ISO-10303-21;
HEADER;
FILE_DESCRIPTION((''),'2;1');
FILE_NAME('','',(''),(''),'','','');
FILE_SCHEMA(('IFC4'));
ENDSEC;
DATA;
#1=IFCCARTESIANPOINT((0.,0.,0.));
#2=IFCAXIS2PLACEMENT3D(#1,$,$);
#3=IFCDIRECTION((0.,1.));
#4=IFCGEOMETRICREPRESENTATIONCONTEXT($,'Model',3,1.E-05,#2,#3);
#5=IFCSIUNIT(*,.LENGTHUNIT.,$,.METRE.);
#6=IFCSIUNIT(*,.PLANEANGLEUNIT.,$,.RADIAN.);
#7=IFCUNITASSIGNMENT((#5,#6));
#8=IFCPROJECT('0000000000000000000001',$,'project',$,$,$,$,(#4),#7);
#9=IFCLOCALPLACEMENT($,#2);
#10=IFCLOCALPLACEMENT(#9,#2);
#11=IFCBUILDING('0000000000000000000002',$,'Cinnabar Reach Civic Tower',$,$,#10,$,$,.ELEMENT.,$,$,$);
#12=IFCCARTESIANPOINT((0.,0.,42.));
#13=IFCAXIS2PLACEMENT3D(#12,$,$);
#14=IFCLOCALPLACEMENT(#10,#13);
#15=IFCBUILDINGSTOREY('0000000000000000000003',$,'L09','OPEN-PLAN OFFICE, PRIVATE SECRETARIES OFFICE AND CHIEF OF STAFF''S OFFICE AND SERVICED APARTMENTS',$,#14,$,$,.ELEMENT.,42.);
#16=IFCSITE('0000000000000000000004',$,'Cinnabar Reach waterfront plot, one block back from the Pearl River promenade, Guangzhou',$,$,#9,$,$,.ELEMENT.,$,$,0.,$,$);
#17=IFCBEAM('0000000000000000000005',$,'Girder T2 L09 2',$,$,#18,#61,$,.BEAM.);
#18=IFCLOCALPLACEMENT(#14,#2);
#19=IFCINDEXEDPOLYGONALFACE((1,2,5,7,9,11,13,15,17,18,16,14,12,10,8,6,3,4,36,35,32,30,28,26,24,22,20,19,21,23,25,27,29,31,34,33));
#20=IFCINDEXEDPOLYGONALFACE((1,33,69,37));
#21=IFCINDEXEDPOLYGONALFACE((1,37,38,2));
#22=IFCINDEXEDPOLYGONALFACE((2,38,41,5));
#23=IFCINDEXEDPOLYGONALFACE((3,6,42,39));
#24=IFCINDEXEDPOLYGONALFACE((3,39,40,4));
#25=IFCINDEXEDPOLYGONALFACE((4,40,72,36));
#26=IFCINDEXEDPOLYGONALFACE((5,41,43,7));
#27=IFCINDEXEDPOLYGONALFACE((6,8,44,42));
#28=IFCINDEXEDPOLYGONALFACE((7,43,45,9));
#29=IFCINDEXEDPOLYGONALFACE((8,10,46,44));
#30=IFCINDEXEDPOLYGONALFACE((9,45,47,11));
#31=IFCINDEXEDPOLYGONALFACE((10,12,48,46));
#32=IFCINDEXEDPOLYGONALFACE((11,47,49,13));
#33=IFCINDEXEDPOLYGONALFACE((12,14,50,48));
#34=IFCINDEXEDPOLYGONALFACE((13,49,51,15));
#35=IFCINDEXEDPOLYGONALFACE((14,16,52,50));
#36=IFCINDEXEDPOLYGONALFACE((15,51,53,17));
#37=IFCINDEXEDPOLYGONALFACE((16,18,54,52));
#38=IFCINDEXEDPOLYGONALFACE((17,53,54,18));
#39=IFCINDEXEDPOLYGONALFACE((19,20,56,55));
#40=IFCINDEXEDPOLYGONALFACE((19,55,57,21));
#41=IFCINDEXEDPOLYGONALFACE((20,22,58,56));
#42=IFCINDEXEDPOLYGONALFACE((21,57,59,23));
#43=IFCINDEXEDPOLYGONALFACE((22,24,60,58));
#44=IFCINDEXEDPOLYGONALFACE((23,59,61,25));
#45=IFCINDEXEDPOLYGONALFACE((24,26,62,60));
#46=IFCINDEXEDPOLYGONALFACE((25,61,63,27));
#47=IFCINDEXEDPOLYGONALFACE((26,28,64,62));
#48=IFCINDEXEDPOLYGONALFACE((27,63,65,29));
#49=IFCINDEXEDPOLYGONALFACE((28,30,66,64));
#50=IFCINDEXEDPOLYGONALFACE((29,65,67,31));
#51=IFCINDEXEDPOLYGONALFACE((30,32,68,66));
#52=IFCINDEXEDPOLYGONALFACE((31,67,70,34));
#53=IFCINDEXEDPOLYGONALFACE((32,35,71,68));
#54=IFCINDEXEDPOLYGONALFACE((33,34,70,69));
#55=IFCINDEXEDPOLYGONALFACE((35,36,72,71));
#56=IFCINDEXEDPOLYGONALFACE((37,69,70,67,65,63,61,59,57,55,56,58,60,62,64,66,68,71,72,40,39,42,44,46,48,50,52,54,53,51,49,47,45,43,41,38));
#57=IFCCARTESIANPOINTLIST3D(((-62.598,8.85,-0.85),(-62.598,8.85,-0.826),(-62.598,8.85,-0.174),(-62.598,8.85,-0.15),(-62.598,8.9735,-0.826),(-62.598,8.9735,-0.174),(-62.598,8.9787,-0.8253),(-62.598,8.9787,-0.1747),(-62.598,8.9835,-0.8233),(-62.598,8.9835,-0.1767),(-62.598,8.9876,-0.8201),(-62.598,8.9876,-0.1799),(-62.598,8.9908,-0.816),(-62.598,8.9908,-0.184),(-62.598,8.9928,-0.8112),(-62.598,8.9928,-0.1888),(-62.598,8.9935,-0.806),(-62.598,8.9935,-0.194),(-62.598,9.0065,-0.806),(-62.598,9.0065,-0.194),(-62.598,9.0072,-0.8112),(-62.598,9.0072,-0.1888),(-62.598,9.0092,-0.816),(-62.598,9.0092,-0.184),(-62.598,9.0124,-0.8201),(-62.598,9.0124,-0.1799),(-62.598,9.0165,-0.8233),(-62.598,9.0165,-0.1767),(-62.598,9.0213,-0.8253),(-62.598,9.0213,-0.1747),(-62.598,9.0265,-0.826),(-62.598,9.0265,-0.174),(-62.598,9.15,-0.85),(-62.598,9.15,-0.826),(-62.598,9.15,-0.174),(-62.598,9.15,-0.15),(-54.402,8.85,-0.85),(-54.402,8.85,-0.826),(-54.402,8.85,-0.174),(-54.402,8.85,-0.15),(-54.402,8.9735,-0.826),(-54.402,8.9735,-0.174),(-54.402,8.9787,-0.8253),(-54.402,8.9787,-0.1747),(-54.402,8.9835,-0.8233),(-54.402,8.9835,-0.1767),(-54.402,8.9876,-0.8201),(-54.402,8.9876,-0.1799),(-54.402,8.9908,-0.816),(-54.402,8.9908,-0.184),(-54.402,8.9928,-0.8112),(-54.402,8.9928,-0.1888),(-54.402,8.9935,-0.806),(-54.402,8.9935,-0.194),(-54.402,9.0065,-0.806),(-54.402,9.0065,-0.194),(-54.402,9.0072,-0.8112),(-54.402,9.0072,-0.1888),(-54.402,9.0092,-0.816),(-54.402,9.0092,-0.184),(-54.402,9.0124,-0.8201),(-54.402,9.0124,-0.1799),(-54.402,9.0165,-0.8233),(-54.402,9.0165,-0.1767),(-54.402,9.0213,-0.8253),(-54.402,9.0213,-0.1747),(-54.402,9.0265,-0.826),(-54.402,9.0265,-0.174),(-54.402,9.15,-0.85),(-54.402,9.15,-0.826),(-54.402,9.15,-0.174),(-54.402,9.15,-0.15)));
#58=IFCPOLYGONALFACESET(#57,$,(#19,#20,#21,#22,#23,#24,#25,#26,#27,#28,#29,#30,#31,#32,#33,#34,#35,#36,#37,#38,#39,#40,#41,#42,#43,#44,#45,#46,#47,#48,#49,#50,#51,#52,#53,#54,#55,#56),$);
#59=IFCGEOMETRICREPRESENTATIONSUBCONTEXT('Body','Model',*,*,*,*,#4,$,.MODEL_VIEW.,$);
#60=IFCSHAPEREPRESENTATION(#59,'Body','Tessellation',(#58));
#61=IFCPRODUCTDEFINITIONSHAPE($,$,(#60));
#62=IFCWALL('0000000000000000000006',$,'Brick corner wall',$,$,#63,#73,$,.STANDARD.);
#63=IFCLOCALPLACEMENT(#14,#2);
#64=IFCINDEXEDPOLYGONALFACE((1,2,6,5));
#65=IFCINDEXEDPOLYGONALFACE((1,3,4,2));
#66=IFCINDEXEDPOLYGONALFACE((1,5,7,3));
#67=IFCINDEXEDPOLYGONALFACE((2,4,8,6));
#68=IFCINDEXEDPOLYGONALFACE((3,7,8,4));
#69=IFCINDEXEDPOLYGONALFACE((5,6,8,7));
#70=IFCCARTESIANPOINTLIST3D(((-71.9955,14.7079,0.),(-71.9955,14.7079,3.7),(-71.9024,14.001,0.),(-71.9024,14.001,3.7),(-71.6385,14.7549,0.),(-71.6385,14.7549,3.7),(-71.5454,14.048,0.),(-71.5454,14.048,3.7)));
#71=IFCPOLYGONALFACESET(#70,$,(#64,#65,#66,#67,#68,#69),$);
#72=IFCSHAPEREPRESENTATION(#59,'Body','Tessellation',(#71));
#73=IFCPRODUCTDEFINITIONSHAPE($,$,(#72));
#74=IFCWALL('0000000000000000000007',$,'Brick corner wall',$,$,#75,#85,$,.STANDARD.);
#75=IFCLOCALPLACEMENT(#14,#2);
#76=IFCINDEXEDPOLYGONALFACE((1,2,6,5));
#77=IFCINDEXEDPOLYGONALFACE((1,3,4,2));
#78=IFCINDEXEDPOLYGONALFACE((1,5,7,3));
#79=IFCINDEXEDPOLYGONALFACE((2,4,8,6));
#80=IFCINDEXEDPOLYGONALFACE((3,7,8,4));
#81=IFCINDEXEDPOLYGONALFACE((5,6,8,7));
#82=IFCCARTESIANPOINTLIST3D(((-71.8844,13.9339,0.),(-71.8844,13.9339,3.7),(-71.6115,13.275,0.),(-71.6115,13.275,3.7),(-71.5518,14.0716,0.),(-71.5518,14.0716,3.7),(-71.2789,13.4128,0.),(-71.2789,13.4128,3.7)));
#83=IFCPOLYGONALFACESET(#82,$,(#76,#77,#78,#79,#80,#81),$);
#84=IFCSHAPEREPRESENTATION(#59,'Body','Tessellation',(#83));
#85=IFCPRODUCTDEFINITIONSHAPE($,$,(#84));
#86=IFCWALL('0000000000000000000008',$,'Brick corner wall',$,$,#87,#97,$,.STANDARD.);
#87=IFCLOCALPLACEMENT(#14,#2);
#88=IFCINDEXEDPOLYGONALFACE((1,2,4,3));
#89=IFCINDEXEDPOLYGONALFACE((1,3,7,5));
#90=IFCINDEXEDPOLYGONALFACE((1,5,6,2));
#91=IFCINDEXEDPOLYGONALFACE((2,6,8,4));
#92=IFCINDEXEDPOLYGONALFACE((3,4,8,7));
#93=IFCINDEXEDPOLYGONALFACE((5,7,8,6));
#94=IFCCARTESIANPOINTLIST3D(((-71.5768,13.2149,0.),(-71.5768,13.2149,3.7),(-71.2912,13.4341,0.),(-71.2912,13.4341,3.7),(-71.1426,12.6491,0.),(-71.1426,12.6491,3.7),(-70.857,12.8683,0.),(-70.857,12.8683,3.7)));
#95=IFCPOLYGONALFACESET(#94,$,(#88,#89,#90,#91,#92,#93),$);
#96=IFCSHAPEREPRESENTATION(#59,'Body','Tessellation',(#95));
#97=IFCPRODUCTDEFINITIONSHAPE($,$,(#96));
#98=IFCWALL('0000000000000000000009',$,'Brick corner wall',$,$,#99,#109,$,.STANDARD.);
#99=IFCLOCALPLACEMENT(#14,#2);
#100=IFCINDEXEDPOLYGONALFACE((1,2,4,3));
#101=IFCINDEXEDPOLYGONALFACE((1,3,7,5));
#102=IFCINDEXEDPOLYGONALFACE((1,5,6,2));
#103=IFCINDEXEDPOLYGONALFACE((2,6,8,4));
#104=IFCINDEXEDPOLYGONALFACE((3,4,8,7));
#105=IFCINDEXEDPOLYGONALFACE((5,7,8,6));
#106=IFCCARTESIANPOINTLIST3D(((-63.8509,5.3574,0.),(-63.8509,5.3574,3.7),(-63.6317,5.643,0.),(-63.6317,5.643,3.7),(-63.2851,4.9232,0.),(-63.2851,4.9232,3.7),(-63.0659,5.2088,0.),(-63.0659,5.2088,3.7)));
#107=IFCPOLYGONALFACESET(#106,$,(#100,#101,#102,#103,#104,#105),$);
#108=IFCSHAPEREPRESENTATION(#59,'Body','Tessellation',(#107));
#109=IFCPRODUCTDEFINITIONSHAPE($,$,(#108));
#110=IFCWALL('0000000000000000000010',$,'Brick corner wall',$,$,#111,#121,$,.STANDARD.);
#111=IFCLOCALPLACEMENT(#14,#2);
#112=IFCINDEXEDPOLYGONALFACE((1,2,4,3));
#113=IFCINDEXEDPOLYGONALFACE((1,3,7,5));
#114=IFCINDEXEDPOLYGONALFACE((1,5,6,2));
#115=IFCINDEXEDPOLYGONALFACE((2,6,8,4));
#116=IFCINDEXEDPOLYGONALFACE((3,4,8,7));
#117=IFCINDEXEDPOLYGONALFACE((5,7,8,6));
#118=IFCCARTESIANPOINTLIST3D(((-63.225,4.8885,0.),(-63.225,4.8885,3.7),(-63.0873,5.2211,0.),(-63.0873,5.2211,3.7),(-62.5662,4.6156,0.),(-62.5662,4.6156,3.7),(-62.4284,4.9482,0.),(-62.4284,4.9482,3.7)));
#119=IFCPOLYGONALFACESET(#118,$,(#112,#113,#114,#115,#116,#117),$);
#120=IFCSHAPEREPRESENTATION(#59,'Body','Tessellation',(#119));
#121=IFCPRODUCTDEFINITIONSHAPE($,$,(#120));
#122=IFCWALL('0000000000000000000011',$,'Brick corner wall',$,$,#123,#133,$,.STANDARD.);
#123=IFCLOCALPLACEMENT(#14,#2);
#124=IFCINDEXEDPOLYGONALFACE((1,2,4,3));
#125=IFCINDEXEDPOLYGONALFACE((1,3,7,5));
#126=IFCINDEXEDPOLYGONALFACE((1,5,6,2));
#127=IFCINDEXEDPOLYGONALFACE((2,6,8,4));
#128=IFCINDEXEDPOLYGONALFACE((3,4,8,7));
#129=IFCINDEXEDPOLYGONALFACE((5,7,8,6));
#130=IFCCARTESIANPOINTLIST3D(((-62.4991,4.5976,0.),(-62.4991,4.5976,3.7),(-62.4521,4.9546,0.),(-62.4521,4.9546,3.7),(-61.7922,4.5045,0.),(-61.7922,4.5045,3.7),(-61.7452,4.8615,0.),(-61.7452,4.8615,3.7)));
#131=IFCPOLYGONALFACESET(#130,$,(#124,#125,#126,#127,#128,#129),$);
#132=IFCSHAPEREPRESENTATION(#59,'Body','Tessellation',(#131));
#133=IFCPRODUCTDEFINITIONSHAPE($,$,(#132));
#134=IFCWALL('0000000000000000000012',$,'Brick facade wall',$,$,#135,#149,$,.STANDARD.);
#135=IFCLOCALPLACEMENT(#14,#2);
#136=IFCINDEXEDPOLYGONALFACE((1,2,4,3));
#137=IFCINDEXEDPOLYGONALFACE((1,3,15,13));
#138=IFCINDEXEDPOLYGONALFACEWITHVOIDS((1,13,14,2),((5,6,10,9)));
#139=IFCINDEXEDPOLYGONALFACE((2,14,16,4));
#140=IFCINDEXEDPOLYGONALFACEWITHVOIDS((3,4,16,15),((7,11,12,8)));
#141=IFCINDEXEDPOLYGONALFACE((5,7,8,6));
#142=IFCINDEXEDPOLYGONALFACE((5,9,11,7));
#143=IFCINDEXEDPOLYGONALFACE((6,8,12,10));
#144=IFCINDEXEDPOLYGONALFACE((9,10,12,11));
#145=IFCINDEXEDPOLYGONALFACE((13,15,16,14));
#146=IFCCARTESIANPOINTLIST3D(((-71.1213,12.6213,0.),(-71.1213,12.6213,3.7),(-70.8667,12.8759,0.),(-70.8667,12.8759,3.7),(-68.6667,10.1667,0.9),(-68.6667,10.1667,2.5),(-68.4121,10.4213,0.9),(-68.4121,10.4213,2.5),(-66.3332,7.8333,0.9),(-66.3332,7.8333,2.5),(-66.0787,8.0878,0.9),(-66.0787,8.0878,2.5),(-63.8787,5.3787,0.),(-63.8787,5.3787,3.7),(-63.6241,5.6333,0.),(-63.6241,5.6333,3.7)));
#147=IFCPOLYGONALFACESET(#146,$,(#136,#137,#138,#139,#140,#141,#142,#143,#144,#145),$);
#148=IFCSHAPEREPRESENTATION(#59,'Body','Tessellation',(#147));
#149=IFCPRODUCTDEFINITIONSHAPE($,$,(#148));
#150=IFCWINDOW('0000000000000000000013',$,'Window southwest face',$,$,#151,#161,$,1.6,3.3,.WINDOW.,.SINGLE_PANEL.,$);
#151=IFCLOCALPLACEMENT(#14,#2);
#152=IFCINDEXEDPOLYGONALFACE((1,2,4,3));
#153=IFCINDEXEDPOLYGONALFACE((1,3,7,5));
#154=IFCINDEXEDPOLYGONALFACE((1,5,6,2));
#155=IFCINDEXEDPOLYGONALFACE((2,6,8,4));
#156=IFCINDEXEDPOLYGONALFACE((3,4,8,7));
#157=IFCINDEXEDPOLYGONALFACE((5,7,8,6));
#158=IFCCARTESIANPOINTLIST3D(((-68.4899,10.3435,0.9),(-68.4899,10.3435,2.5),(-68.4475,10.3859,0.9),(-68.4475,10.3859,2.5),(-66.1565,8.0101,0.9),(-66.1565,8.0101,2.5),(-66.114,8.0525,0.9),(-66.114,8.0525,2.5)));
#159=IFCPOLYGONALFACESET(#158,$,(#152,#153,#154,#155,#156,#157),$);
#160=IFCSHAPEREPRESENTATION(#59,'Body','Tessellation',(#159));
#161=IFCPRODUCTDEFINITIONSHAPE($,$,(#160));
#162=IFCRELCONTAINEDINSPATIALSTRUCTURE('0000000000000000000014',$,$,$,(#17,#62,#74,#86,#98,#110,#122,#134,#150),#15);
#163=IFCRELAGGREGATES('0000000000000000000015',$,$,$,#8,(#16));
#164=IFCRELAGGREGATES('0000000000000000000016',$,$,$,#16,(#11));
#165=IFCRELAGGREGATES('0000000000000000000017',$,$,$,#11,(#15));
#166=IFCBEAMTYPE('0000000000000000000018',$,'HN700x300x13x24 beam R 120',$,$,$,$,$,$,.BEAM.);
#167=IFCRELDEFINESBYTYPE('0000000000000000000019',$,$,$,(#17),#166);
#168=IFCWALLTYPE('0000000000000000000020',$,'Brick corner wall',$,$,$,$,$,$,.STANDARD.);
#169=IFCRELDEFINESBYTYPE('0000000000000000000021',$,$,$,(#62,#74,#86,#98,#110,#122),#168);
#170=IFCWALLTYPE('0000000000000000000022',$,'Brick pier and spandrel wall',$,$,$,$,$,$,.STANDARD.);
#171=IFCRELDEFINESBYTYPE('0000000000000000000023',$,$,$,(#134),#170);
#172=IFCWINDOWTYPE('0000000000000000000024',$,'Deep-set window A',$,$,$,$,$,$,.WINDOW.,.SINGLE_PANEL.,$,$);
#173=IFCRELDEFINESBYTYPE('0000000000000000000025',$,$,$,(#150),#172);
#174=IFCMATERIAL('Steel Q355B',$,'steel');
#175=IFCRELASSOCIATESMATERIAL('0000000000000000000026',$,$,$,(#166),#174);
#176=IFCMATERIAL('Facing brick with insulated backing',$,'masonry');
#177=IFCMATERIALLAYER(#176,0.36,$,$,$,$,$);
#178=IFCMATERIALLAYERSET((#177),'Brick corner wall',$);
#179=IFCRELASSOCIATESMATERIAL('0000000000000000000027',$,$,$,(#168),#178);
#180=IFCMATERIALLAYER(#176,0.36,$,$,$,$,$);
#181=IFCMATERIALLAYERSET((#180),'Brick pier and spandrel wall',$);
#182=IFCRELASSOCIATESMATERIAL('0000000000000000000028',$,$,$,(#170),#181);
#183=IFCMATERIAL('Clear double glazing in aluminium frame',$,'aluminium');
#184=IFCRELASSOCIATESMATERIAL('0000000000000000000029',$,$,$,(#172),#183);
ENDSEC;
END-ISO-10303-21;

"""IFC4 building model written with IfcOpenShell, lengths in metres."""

from ifc_helpers import new_model, si_unit, direction, frame, frame_2d, origin, origin_2d, place, context, subcontext, project, spatial, rectangle, i_section, extrude, material, layer, layer_set, material_profile, profile_set, type_object, element, fill, save


model = new_model("IFC4")

# Units and contexts
model_context = context("Model", 3, precision=1e-05, world=origin(), true_north=direction((0.0, 1.0)))
body_context = subcontext(model_context, "Body", "Model", "MODEL_VIEW")
ifc_project = project(units=[si_unit("LENGTHUNIT", "METRE"), si_unit("PLANEANGLEUNIT", "RADIAN")], contexts=[model_context])

# Site, building, storey
site_placement = place(None, origin())
site = spatial("IfcSite", under=ifc_project, at=site_placement, Name="Cinnabar Reach waterfront plot, one block back from the Pearl River promenade, Guangzhou", CompositionType="ELEMENT", RefElevation=0.0)
building_placement = place(site_placement, origin())
building = spatial("IfcBuilding", under=site, at=building_placement, Name="Cinnabar Reach Civic Tower", CompositionType="ELEMENT")
storey_placement = place(building_placement, frame((0.0, 0.0, 42.0)))
storey = spatial("IfcBuildingStorey", under=building, at=storey_placement, Name="L09", Description="OPEN-PLAN OFFICE, PRIVATE SECRETARIES OFFICE AND CHIEF OF STAFF'S OFFICE AND SERVICED APARTMENTS", CompositionType="ELEMENT", Elevation=42.0)

# Beam
ifc_material_1 = material(Name="Steel Q355B", Category="steel")
ifc_material_profile_1 = material_profile(ifc_material_1, i_section(OverallWidth=0.3, OverallDepth=0.7, WebThickness=0.013, FlangeThickness=0.024, FilletRadius=0.02, at=origin_2d()), Name="HN700x300x13x24")
ifc_profile_set_1 = profile_set([ifc_material_profile_1], Name="Steel Q355B")
beam_type_1 = type_object("IfcBeamType", Name="HN700x300x13x24 beam R 120", PredefinedType="BEAM", material=ifc_profile_set_1)
beam_1_placement = place(storey_placement, frame((-62.598, 9.0, -0.5), z_axis=(1.0, 0.0, 0.0), x_axis=(0.0, 1.0, 0.0)))
element("IfcBeam", 1, at=beam_1_placement, inside=storey, type_object=beam_type_1, Name="Girder T2 L09 2", PredefinedType="BEAM", context=body_context, shape_type="SweptSolid", body=[
    extrude(i_section(OverallWidth=0.3, OverallDepth=0.7, WebThickness=0.013, FlangeThickness=0.024, FilletRadius=0.02, at=origin_2d()), origin(), (0.0, 0.0, 1.0), 8.196),
])

# Walls
ifc_material_2 = material(Name="Facing brick with insulated backing", Category="masonry")
ifc_layer_1 = layer(ifc_material_2, 0.36)
ifc_layer_set_1 = layer_set([ifc_layer_1], Name="Brick corner wall")
wall_type_1 = type_object("IfcWallType", Name="Brick corner wall", PredefinedType="STANDARD", material=ifc_layer_set_1)
for number, where, z_axis, x_axis, name in (
    (2, (-71.817, 14.7314, 0.0), (0.0, 0.0, 1.0), (0.130556, -0.991441, 0.0), "Brick corner wall"),
    (3, (-71.7181, 14.0027, 0.0), (0.0, 0.0, 1.0), (0.382703, -0.923872, 0.0), "Brick corner wall"),
):
    element("IfcWall", number, at=place(storey_placement, frame(where, z_axis=z_axis, x_axis=x_axis)), inside=storey, type_object=wall_type_1, Name=name, PredefinedType="STANDARD", context=body_context, shape_type="SweptSolid", body=[
        extrude(rectangle(XDim=0.7131, YDim=0.36, at=frame_2d((0.3565, 0.0))), origin(), (0.0, 0.0, 1.0), 3.7),
    ])
for number, where, z_axis, x_axis, name in (
    (4, (-71.434, 13.3245, 0.0), (0.0, 0.0, 1.0), (0.608802, -0.793322, 0.0), "Brick corner wall"),
    (5, (-63.7413, 5.5002, 0.0), (0.0, 0.0, 1.0), (0.793322, -0.608802, 0.0), "Brick corner wall"),
):
    element("IfcWall", number, at=place(storey_placement, frame(where, z_axis=z_axis, x_axis=x_axis)), inside=storey, type_object=wall_type_1, Name=name, PredefinedType="STANDARD", context=body_context, shape_type="SweptSolid", body=[
        extrude(rectangle(XDim=0.7132, YDim=0.36, at=frame_2d((0.3566, 0.0))), origin(), (0.0, 0.0, 1.0), 3.7),
    ])
for number, where, z_axis, x_axis, name in (
    (6, (-63.1561, 5.0548, 0.0), (0.0, 0.0, 1.0), (0.923872, -0.382703, 0.0), "Brick corner wall"),
    (7, (-62.4756, 4.7761, 0.0), (0.0, 0.0, 1.0), (0.991441, -0.130556, 0.0), "Brick corner wall"),
):
    element("IfcWall", number, at=place(storey_placement, frame(where, z_axis=z_axis, x_axis=x_axis)), inside=storey, type_object=wall_type_1, Name=name, PredefinedType="STANDARD", context=body_context, shape_type="SweptSolid", body=[
        extrude(rectangle(XDim=0.7131, YDim=0.36, at=frame_2d((0.3565, 0.0))), origin(), (0.0, 0.0, 1.0), 3.7),
    ])

# Wall, opening, window
ifc_layer_2 = layer(ifc_material_2, 0.36)
ifc_layer_set_2 = layer_set([ifc_layer_2], Name="Brick pier and spandrel wall")
wall_type_2 = type_object("IfcWallType", Name="Brick pier and spandrel wall", PredefinedType="STANDARD", material=ifc_layer_set_2)
wall_placement = place(storey_placement, frame((-70.994, 12.7486, 0.0), z_axis=(0.0, 0.0, 1.0), x_axis=(0.707107, -0.707107, 0.0)))
wall = element("IfcWall", 8, at=wall_placement, inside=storey, type_object=wall_type_2, Name="Brick facade wall", PredefinedType="STANDARD", context=body_context, shape_type="SweptSolid", body=[
    extrude(rectangle(XDim=10.2426, YDim=0.36, at=frame_2d((5.1213, 0.0))), origin(), (0.0, 0.0, 1.0), 3.7),
])
opening_placement = place(wall_placement, frame((3.4713, 0.0, 0.9)))
opening = element("IfcOpeningElement", 9, at=opening_placement, cuts=wall, PredefinedType="OPENING", context=body_context, shape_type="SweptSolid", body=[
    extrude(rectangle(XDim=3.3, YDim=1.6, at=frame_2d((1.65, 0.8))), frame((0.0, 0.19, 0.0), z_axis=(0.0, -1.0, 0.0), x_axis=(1.0, 0.0, 0.0)), (0.0, 0.0, 1.0), 0.38),
])
ifc_material_3 = material(Name="Clear double glazing in aluminium frame", Category="aluminium")
window_type = type_object("IfcWindowType", Name="Deep-set window A", PartitioningType="SINGLE_PANEL", PredefinedType="WINDOW", material=ifc_material_3)
window_placement = place(opening_placement, origin())
window = element("IfcWindow", 10, at=window_placement, inside=storey, type_object=window_type, Name="Window southwest face", OverallHeight=1.6, OverallWidth=3.3, PartitioningType="SINGLE_PANEL", PredefinedType="WINDOW", context=body_context, shape_type="SweptSolid", body=[
    extrude(rectangle(XDim=3.3, YDim=1.6, at=frame_2d((1.65, 0.8))), frame((0.0, 0.13, 0.0), z_axis=(0.0, -1.0, 0.0), x_axis=(1.0, 0.0, 0.0)), (0.0, 0.0, 1.0), 0.06),
])
fill(opening, window)

save(model, "model.ifc")
